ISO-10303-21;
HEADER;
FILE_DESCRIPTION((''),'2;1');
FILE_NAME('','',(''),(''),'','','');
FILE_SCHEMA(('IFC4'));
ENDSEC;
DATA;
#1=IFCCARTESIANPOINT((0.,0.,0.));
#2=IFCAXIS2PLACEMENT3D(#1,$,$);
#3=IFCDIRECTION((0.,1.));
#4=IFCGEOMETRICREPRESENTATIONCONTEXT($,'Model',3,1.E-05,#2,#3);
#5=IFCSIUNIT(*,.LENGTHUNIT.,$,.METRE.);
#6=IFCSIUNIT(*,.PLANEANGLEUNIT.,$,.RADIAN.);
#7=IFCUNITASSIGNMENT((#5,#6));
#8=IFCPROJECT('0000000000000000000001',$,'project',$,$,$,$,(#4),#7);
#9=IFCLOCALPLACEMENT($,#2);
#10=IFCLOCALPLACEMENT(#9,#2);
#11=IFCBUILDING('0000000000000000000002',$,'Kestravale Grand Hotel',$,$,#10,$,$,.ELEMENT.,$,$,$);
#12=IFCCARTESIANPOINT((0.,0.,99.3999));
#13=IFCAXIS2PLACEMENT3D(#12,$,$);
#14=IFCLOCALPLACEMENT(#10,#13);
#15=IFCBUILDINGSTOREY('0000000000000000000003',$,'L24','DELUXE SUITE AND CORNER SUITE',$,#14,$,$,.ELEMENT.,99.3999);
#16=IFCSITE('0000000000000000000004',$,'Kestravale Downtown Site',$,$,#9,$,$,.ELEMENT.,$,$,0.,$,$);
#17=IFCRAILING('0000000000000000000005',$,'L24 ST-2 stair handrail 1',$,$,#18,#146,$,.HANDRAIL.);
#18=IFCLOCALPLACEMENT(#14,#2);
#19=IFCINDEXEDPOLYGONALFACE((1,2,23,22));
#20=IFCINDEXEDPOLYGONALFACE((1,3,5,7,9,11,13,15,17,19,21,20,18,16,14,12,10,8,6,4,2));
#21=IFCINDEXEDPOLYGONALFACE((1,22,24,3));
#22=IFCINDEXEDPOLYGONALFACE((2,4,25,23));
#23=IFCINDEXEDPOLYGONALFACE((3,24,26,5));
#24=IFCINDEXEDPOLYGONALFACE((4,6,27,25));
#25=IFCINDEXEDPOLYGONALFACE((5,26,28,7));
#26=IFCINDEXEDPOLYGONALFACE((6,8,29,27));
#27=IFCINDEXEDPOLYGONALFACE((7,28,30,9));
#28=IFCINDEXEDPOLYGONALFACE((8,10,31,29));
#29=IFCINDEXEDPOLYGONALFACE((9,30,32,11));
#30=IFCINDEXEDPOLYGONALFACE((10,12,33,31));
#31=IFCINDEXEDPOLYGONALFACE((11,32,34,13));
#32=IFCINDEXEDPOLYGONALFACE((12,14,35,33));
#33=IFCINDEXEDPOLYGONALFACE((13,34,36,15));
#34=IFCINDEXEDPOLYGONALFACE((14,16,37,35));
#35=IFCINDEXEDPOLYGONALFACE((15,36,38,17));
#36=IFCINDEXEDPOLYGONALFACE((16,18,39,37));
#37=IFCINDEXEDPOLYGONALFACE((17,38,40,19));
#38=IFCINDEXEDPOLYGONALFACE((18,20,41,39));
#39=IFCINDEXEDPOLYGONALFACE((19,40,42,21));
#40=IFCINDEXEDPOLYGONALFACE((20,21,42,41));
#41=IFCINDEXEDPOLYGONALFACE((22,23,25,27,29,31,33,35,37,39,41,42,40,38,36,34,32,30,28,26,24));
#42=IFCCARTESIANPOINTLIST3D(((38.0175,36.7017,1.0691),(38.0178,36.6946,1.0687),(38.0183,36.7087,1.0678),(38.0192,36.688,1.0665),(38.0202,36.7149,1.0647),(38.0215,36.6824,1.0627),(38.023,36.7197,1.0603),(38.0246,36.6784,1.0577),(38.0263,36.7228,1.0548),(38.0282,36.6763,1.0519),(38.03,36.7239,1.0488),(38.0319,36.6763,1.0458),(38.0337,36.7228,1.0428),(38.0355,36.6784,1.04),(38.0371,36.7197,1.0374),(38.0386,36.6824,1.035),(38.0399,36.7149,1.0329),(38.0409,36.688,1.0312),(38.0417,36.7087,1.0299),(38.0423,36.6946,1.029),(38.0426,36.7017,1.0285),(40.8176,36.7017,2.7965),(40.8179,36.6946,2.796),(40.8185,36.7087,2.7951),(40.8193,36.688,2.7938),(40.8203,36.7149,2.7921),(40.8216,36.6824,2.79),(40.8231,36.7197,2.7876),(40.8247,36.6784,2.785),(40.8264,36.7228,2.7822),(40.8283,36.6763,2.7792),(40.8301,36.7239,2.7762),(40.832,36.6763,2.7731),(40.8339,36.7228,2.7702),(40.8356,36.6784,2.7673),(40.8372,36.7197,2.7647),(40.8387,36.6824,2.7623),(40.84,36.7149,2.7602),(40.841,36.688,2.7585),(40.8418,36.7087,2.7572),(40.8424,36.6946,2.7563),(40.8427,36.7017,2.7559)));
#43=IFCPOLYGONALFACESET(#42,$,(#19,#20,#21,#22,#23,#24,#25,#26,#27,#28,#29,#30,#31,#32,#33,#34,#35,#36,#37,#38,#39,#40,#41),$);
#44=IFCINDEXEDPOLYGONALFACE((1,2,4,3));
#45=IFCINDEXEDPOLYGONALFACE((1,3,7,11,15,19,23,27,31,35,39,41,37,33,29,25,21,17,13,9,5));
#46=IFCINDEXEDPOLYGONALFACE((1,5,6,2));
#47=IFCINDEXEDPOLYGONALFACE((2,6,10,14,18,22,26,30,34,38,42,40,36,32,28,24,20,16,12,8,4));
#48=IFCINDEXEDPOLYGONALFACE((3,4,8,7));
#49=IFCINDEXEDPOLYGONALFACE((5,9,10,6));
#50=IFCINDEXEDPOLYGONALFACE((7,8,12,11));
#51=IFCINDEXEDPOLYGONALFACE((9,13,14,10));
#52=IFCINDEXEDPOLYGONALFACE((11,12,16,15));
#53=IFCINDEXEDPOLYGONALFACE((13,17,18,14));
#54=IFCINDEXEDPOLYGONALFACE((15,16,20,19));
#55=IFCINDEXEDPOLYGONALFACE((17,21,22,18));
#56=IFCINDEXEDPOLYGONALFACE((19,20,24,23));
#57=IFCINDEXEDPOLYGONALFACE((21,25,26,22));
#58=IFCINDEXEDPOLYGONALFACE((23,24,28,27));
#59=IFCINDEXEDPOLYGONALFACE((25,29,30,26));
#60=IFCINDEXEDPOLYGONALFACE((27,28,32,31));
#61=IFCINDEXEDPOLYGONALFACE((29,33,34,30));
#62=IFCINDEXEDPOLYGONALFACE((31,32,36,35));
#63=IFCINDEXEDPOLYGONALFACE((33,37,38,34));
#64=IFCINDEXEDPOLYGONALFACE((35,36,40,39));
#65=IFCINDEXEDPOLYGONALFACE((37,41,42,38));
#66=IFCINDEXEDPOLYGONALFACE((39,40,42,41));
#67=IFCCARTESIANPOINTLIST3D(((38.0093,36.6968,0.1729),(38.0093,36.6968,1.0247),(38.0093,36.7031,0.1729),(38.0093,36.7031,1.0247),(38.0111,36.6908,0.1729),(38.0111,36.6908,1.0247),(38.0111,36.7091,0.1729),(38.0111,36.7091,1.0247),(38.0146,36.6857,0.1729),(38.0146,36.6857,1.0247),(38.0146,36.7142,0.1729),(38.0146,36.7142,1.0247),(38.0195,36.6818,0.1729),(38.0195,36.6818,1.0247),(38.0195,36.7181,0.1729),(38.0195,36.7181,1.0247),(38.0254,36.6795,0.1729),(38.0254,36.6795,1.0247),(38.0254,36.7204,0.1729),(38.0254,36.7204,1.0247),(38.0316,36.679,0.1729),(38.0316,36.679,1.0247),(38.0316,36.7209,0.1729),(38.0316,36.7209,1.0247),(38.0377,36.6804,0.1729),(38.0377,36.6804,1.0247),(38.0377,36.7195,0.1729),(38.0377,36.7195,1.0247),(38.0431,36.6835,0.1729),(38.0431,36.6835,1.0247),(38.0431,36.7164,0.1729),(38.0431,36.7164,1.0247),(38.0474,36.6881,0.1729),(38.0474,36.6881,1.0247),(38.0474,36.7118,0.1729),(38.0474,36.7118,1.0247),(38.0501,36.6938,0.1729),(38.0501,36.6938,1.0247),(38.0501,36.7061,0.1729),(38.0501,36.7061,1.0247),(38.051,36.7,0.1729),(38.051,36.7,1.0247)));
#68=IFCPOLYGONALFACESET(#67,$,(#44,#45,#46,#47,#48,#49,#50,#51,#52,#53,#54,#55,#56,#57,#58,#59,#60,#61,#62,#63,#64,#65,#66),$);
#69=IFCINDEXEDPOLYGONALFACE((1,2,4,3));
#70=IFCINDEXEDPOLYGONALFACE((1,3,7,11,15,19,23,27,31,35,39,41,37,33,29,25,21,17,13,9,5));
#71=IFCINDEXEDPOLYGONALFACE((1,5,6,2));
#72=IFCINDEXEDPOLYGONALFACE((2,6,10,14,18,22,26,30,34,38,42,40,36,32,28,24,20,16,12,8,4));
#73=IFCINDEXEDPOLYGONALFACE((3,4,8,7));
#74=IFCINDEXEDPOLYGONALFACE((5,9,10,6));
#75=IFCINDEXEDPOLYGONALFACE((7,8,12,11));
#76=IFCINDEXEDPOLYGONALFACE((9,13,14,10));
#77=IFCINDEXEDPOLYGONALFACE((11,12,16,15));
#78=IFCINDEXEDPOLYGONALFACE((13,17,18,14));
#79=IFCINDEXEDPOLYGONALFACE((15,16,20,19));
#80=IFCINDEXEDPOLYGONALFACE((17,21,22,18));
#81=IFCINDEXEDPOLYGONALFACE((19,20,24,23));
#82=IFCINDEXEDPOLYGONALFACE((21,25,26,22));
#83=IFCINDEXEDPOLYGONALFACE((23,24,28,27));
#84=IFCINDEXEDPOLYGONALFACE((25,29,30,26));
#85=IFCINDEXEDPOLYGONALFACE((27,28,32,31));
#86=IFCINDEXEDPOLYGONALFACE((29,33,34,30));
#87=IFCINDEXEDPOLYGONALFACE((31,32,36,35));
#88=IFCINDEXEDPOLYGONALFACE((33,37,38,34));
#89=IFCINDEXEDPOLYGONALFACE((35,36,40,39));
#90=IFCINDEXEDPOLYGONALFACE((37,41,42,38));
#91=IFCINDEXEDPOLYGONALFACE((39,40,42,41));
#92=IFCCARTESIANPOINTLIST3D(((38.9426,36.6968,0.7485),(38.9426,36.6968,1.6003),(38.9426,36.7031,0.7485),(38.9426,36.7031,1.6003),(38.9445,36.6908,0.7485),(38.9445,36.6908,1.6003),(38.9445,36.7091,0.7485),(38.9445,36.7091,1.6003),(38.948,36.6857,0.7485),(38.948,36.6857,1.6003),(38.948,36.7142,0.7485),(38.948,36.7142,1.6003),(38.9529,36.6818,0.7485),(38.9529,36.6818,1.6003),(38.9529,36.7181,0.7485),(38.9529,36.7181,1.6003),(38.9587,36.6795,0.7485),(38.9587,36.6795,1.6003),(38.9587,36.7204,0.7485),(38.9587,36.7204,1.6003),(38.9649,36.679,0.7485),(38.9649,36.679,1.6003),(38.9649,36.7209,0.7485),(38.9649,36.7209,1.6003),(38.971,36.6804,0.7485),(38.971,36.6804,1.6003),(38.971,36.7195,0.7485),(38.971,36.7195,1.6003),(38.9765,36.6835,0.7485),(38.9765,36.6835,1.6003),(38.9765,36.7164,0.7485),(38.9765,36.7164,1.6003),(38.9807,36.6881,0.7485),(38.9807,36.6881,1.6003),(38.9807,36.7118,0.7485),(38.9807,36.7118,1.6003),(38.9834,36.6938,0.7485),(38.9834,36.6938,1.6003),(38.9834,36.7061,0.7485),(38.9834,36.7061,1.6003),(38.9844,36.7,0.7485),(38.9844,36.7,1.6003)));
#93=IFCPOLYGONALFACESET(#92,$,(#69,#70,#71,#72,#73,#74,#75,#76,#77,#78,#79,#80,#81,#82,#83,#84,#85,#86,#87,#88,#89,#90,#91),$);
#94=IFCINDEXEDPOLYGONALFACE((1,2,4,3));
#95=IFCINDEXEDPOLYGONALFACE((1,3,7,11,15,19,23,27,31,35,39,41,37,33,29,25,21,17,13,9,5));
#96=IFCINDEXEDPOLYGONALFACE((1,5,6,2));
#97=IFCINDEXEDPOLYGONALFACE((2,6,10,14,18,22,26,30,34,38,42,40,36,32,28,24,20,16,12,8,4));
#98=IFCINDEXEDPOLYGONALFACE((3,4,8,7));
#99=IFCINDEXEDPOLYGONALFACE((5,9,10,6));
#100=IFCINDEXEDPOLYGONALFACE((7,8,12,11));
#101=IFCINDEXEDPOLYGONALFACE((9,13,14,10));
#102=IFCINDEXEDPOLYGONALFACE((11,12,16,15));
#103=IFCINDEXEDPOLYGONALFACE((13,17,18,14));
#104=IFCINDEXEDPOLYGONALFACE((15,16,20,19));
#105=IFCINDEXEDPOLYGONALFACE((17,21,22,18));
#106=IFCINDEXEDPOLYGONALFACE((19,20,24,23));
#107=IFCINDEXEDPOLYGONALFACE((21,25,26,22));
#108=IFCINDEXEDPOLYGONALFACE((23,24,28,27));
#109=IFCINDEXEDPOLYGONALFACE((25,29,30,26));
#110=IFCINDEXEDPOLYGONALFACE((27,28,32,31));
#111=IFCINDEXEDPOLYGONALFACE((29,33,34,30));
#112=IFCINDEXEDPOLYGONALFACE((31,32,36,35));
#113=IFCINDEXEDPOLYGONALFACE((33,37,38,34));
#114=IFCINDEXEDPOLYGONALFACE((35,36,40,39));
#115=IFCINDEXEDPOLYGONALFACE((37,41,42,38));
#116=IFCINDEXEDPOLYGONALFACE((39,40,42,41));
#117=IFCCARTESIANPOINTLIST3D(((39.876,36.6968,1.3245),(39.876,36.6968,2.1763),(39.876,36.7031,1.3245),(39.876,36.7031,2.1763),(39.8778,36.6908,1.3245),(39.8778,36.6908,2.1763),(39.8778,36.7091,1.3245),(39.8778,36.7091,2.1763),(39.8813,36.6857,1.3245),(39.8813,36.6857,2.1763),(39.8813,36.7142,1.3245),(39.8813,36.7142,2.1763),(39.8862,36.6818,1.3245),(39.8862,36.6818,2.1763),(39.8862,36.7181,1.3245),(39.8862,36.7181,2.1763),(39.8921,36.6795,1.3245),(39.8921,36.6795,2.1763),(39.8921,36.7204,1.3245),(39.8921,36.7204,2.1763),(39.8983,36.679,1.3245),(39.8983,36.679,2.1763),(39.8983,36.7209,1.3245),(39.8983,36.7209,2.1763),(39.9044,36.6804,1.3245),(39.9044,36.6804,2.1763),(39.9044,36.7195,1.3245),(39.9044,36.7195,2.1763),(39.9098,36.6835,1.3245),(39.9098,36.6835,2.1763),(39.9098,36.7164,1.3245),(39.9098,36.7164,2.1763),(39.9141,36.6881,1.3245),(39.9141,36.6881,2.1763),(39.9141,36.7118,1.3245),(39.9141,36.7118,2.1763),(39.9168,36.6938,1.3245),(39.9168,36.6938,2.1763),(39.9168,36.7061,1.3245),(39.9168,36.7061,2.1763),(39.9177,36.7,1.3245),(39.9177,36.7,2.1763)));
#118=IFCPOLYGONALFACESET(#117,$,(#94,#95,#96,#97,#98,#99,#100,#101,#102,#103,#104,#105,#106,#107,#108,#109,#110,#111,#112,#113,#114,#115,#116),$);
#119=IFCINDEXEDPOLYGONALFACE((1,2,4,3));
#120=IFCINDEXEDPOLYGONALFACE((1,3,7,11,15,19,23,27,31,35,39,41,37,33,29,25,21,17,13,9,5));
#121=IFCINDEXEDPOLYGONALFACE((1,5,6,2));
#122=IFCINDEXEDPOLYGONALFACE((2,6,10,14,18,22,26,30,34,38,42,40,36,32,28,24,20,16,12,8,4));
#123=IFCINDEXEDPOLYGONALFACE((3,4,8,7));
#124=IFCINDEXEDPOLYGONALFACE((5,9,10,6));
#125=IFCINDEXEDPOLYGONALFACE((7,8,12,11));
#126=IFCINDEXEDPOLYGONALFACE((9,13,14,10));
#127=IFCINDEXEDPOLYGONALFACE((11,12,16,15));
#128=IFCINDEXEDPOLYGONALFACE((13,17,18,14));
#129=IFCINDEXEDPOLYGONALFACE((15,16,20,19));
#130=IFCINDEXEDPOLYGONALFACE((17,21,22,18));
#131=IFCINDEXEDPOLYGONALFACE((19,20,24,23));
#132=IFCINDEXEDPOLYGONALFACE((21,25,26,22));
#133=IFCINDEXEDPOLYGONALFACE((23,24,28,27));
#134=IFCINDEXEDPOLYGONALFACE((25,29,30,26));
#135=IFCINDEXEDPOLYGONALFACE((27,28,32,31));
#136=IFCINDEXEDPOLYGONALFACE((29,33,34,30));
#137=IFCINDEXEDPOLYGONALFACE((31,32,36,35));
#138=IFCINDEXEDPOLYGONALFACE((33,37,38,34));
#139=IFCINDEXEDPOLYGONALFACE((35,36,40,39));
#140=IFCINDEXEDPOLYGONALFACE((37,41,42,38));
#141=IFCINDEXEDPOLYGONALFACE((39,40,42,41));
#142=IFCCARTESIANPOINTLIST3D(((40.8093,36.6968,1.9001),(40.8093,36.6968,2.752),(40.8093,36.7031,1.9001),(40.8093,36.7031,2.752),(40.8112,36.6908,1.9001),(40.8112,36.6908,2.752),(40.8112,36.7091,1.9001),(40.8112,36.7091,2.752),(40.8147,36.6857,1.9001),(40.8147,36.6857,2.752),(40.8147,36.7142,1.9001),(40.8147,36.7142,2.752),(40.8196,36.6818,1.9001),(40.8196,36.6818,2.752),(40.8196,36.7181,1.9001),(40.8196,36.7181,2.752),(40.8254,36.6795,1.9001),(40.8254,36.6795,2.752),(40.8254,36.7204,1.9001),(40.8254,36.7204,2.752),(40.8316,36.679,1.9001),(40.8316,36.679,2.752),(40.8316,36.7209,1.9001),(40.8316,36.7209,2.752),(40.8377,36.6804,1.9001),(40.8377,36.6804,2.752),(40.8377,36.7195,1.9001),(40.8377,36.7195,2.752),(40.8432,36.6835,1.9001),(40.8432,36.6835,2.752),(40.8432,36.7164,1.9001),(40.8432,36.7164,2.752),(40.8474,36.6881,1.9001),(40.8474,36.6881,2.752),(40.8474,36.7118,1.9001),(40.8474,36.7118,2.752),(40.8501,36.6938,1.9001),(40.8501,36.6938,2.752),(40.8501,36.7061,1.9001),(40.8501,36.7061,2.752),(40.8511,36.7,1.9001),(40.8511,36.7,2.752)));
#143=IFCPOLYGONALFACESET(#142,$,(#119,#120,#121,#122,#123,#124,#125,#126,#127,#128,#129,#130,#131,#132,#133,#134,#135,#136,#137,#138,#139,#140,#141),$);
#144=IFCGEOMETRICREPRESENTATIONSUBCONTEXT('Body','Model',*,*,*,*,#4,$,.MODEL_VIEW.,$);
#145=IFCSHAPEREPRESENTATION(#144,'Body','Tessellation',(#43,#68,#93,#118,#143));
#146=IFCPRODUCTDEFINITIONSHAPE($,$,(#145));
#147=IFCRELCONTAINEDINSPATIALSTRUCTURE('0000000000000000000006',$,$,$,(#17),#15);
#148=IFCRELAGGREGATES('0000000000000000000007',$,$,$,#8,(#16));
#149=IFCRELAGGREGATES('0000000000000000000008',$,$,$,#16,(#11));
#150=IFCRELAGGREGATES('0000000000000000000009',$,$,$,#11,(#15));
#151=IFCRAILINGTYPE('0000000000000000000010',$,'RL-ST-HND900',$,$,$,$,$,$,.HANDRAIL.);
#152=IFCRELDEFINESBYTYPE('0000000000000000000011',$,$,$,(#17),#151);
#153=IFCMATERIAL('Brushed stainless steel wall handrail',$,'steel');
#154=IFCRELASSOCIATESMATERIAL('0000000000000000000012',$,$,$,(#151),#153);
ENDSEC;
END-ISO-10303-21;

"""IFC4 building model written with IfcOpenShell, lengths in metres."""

from ifc_helpers import new_model, si_unit, direction, frame, origin, origin_2d, place, context, subcontext, project, spatial, circle, extrude, material, type_object, element, save


model = new_model("IFC4")

# Units and contexts
model_context = context("Model", 3, precision=1e-05, world=origin(), true_north=direction((0.0, 1.0)))
body_context = subcontext(model_context, "Body", "Model", "MODEL_VIEW")
ifc_project = project(units=[si_unit("LENGTHUNIT", "METRE"), si_unit("PLANEANGLEUNIT", "RADIAN")], contexts=[model_context])

# Site, building, storey
site_placement = place(None, origin())
site = spatial("IfcSite", under=ifc_project, at=site_placement, Name="Kestravale Downtown Site", CompositionType="ELEMENT", RefElevation=0.0)
building_placement = place(site_placement, origin())
building = spatial("IfcBuilding", under=site, at=building_placement, Name="Kestravale Grand Hotel", CompositionType="ELEMENT")
storey_placement = place(building_placement, frame((0.0, 0.0, 99.3999)))
storey = spatial("IfcBuildingStorey", under=building, at=storey_placement, Name="L24", Description="DELUXE SUITE AND CORNER SUITE", CompositionType="ELEMENT", Elevation=99.3999)

# Railing
ifc_material_1 = material(Name="Brushed stainless steel wall handrail", Category="steel")
railing_type_1 = type_object("IfcRailingType", Name="RL-ST-HND900", PredefinedType="HANDRAIL", material=ifc_material_1)
railing_1_placement = place(storey_placement, frame((38.03, 36.7, 0.1729)))
element("IfcRailing", 1, at=railing_1_placement, inside=storey, type_object=railing_type_1, Name="L24 ST-2 stair handrail 1", PredefinedType="HANDRAIL", context=body_context, shape_type="SweptSolid", body=[
    extrude(circle(Radius=0.0239, at=origin_2d()), frame((0.0, 0.0, 0.876), z_axis=(0.85109, 0.0, 0.52502), x_axis=(0.0, 1.0, 0.0)), (0.0, 0.0, 1.0), 3.29),
    extrude(circle(Radius=0.021, at=origin_2d()), origin(), (0.0, 0.0, 1.0), 0.8518),
    extrude(circle(Radius=0.021, at=origin_2d()), frame((0.9333, 0.0, 0.5757)), (0.0, 0.0, 1.0), 0.8518),
    extrude(circle(Radius=0.021, at=origin_2d()), frame((1.8667, 0.0, 1.1516)), (0.0, 0.0, 1.0), 0.8518),
    extrude(circle(Radius=0.021, at=origin_2d()), frame((2.8, 0.0, 1.7273)), (0.0, 0.0, 1.0), 0.8518),
])

save(model, "model.ifc")
